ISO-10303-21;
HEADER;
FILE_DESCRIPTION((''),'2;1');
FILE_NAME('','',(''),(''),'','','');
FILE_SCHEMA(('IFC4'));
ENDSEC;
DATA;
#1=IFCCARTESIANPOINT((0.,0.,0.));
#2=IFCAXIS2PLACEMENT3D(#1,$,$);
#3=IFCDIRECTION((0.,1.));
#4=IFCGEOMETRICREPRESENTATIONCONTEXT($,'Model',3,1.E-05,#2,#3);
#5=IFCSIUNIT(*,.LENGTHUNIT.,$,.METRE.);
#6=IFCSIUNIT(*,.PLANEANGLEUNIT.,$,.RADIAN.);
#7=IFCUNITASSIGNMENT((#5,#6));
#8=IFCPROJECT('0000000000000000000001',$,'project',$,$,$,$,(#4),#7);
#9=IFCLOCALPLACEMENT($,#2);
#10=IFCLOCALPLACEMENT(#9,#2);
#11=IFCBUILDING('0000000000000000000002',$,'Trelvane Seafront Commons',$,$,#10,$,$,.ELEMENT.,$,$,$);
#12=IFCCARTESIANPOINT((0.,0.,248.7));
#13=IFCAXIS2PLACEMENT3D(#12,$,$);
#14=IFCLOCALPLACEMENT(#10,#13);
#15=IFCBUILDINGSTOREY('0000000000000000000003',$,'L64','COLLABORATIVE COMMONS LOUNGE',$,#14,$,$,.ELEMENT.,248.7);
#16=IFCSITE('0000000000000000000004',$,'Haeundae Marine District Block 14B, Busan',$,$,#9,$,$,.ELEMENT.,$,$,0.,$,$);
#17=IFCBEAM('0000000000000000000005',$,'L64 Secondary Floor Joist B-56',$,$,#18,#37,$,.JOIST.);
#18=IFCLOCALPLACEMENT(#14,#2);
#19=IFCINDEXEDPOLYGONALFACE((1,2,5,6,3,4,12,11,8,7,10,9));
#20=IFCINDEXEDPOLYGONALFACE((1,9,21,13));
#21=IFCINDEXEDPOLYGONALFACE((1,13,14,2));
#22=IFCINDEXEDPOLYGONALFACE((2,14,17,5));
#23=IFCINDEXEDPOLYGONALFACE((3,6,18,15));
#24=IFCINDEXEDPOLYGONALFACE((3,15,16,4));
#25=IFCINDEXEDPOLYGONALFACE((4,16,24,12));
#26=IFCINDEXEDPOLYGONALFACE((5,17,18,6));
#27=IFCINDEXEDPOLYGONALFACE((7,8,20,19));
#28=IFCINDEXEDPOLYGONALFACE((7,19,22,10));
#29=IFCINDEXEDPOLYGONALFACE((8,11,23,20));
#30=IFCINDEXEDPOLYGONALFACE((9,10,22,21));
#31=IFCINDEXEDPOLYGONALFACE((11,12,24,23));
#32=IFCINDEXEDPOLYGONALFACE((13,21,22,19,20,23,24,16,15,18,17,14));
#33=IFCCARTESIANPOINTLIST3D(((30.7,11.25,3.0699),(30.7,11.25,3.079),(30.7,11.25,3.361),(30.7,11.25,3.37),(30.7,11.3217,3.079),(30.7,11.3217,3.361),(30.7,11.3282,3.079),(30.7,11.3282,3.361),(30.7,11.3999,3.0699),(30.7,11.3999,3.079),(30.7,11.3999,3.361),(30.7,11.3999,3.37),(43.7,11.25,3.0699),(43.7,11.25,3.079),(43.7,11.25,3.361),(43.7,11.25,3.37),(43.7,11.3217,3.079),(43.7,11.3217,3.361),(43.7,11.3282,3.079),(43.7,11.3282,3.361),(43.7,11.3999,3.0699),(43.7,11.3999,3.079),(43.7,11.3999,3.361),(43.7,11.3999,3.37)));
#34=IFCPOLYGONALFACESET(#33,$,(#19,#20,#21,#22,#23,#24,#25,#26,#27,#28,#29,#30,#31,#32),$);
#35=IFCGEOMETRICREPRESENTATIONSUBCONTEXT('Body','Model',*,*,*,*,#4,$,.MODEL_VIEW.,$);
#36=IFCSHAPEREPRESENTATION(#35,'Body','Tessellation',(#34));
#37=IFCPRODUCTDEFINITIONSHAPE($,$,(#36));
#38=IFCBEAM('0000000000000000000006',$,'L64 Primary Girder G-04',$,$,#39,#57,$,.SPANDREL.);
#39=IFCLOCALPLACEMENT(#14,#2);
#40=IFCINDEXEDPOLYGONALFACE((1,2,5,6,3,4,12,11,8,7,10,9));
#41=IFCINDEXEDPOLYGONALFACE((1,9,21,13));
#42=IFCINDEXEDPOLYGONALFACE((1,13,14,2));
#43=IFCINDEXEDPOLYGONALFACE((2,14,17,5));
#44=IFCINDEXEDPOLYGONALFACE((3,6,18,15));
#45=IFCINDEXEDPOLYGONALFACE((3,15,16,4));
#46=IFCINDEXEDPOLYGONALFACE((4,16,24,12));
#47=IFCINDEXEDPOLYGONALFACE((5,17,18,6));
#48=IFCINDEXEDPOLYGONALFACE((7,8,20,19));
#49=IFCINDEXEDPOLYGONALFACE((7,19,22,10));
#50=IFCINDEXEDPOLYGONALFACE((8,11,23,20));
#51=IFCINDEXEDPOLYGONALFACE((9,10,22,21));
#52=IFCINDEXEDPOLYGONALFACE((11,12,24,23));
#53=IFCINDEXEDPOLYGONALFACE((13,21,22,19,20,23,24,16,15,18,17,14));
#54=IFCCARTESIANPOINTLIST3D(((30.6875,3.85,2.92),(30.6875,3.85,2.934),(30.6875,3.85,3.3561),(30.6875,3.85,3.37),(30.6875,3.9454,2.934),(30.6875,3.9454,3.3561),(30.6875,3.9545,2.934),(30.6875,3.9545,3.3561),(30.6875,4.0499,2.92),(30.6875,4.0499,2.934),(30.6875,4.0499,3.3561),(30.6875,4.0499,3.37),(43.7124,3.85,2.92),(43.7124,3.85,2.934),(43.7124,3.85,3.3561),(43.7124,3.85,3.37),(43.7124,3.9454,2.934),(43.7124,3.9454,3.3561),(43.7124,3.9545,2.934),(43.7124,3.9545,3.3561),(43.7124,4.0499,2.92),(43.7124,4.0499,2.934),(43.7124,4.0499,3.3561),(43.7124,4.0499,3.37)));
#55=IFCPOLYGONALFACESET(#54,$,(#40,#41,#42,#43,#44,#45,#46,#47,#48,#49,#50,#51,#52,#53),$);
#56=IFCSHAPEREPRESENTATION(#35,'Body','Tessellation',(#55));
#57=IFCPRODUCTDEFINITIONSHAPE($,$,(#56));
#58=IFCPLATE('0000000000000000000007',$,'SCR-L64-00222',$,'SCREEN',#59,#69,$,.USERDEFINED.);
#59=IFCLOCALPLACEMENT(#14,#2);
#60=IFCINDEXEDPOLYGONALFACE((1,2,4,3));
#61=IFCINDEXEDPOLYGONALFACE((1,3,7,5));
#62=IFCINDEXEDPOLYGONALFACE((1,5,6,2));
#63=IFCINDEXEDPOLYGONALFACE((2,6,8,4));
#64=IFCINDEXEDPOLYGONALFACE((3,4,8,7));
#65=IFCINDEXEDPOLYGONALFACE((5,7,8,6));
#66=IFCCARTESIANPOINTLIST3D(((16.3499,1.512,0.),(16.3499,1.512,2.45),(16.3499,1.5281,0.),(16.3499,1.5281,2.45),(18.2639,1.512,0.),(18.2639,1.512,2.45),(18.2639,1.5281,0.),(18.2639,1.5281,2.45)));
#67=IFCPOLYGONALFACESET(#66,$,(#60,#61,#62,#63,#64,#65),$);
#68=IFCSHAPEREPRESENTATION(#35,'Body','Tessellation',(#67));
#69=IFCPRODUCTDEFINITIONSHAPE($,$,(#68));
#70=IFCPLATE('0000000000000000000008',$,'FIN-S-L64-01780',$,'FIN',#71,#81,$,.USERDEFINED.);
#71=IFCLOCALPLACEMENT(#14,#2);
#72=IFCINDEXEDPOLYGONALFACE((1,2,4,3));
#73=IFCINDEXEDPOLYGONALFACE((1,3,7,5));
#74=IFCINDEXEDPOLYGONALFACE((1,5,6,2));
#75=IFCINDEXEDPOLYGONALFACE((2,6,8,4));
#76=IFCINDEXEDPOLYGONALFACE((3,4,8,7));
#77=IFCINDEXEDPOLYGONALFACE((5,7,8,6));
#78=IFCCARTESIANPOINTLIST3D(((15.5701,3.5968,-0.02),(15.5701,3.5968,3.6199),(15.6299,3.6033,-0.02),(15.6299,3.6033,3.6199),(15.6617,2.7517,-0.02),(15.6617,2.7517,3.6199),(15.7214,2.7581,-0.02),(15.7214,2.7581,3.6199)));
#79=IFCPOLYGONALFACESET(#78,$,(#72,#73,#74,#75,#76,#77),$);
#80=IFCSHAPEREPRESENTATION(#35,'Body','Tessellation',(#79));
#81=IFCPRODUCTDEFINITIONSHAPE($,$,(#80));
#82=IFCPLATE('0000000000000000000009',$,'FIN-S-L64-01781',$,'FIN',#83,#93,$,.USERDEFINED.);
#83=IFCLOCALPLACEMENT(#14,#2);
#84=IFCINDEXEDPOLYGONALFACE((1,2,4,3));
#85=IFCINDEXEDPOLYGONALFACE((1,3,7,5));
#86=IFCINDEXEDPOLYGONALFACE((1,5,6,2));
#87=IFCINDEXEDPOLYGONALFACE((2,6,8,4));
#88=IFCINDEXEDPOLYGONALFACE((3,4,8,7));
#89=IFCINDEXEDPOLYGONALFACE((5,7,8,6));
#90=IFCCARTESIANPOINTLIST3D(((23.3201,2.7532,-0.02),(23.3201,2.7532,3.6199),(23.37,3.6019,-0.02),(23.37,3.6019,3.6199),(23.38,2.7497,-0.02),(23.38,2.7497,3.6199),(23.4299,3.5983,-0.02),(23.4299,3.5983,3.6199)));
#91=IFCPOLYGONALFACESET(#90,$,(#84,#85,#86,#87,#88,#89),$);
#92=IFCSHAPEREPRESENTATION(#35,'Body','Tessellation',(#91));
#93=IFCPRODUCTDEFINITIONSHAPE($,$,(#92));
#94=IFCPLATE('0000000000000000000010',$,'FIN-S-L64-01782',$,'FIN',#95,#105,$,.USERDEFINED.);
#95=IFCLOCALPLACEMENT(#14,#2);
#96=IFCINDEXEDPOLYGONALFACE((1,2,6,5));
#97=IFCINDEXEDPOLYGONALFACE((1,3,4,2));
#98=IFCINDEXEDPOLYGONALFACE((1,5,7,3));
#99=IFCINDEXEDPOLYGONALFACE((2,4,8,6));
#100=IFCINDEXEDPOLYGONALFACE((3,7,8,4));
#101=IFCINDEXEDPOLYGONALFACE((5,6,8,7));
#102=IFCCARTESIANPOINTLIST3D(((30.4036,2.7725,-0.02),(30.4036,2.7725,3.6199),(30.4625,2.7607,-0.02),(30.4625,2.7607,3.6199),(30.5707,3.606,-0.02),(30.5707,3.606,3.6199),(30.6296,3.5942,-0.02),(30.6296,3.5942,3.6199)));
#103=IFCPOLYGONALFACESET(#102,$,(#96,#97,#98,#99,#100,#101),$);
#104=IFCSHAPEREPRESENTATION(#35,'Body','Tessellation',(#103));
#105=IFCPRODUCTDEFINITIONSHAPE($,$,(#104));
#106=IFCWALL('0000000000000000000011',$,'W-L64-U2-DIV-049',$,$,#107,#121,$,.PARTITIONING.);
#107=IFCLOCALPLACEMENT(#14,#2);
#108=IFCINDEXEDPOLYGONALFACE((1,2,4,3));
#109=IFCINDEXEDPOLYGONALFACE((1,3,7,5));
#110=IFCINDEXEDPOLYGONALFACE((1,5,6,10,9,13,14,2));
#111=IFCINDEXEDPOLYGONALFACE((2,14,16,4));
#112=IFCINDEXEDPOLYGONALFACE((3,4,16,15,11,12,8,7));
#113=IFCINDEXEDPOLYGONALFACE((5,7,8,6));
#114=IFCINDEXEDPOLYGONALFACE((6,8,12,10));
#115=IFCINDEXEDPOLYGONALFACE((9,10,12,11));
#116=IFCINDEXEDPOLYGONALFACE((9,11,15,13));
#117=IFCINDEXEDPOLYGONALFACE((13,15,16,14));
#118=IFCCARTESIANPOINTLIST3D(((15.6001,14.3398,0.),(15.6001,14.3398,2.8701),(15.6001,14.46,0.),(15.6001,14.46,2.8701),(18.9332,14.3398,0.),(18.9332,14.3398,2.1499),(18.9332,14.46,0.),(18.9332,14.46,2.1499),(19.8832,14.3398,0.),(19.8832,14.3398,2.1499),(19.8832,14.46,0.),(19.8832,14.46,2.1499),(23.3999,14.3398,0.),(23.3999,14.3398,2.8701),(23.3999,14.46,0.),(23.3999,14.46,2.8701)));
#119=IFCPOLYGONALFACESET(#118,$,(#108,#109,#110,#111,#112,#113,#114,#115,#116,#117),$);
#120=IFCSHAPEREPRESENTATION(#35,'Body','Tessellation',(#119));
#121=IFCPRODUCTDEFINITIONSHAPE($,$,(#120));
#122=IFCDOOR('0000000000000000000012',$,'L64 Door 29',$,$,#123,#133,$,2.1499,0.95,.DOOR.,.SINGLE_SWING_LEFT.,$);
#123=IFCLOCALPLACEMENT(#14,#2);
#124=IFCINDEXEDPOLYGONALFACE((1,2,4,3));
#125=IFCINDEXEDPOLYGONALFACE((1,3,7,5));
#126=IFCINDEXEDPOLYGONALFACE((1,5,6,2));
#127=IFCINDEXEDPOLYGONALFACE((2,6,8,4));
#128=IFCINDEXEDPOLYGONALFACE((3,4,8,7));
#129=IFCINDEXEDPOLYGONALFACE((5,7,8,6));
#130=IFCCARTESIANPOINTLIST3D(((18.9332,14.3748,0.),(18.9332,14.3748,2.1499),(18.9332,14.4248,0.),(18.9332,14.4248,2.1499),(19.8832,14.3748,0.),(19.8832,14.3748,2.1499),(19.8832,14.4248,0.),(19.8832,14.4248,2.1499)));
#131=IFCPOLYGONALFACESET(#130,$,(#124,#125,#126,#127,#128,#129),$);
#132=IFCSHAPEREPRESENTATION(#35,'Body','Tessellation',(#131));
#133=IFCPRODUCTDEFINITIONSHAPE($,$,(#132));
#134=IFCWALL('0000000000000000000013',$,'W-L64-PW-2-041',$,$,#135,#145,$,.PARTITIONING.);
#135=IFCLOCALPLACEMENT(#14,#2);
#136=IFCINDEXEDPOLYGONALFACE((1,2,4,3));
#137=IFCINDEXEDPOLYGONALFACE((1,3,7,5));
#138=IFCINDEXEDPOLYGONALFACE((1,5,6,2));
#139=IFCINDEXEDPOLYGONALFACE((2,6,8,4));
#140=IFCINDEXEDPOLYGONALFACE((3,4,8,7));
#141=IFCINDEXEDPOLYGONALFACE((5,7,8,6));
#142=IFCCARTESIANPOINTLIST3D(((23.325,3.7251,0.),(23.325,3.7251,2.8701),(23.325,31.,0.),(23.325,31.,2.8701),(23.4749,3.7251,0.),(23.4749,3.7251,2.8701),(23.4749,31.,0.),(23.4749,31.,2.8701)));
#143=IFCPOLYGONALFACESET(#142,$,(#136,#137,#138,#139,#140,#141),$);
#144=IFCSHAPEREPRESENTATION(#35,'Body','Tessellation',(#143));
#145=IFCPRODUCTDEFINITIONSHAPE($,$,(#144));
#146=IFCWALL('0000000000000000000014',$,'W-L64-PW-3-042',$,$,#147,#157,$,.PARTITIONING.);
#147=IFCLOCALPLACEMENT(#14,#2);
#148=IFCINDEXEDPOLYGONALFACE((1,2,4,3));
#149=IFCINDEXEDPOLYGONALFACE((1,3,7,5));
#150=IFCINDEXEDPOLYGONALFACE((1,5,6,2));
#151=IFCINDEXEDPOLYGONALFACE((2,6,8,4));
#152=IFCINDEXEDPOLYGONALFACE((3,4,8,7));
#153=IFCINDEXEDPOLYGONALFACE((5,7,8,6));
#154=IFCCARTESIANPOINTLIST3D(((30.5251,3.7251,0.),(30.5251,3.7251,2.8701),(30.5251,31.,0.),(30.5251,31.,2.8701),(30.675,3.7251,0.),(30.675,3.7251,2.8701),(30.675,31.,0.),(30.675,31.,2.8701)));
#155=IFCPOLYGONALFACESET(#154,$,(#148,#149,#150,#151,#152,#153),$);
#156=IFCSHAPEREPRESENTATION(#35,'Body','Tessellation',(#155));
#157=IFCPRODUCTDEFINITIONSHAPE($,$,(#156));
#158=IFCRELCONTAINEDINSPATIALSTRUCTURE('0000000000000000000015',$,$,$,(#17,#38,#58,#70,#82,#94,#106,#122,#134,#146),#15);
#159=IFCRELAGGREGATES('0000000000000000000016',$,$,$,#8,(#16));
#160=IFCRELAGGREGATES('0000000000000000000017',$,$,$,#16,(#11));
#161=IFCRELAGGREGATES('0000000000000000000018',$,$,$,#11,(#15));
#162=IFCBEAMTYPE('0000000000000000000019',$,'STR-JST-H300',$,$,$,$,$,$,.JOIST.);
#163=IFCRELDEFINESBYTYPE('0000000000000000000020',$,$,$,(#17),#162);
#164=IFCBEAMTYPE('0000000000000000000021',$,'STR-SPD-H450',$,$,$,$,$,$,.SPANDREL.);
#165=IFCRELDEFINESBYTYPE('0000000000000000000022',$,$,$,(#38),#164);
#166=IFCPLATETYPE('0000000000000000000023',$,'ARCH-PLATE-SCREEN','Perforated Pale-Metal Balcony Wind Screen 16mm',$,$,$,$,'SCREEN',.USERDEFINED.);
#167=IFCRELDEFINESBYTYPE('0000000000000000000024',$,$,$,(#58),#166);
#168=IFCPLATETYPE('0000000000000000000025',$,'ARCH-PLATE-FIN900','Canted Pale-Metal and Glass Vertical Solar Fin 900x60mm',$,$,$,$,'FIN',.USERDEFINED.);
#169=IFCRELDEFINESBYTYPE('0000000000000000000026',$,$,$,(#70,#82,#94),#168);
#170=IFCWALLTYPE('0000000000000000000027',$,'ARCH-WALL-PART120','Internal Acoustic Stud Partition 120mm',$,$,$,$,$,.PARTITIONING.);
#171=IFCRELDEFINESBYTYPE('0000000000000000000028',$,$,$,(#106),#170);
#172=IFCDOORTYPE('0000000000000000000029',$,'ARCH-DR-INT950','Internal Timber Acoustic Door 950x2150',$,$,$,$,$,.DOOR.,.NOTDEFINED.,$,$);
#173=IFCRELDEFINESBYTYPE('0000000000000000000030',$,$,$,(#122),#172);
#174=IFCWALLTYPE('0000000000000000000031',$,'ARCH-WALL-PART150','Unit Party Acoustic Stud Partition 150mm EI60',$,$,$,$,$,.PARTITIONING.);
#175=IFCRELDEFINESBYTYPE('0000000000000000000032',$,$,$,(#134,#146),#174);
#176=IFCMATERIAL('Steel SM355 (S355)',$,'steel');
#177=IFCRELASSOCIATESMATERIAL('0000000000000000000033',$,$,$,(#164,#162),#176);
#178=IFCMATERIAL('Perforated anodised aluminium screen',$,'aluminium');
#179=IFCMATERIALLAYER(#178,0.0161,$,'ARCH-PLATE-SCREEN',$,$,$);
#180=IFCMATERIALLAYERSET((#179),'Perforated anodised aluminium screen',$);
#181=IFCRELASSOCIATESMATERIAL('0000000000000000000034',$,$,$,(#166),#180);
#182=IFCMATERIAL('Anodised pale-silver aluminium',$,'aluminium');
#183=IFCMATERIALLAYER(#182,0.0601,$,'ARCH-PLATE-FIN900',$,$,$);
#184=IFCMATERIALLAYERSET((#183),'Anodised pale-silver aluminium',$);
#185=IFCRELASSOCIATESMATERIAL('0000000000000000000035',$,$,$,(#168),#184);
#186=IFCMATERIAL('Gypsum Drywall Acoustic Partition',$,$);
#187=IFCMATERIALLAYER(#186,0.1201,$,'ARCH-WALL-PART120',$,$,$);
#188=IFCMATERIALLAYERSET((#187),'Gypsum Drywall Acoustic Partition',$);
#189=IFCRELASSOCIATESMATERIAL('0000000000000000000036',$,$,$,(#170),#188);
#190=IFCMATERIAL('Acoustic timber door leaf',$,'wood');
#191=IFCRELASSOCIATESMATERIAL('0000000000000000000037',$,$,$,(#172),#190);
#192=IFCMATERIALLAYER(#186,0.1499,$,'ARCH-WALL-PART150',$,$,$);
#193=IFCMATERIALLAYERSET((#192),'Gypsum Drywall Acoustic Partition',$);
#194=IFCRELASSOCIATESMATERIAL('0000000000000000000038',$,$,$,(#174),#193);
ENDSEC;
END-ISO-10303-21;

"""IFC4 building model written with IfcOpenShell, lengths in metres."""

from ifc_helpers import new_model, si_unit, direction, frame, frame_2d, origin, origin_2d, place, context, subcontext, project, spatial, rectangle, i_section, extrude, source, transform, mapped, material, layer, layer_set, material_profile, profile_set, type_object, element, fill, save


model = new_model("IFC4")

# Units and contexts
model_context = context("Model", 3, precision=1e-05, world=origin(), true_north=direction((0.0, 1.0)))
body_context = subcontext(model_context, "Body", "Model", "MODEL_VIEW")
ifc_project = project(units=[si_unit("LENGTHUNIT", "METRE"), si_unit("PLANEANGLEUNIT", "RADIAN")], contexts=[model_context])

# Site, building, storey
site_placement = place(None, origin())
site = spatial("IfcSite", under=ifc_project, at=site_placement, Name="Haeundae Marine District Block 14B, Busan", CompositionType="ELEMENT", RefElevation=0.0)
building_placement = place(site_placement, origin())
building = spatial("IfcBuilding", under=site, at=building_placement, Name="Trelvane Seafront Commons", CompositionType="ELEMENT")
storey_placement = place(building_placement, frame((0.0, 0.0, 248.7)))
storey = spatial("IfcBuildingStorey", under=building, at=storey_placement, Name="L64", Description="COLLABORATIVE COMMONS LOUNGE", CompositionType="ELEMENT", Elevation=248.7)

# Shared definitions
ifc_material_1 = material(Name="Steel SM355 (S355)", Category="steel")

# Beams
ifc_material_profile_1 = material_profile(ifc_material_1, i_section(OverallWidth=0.2, OverallDepth=0.45, WebThickness=0.009, FlangeThickness=0.0139, at=origin_2d()), Name="H-450x200x9x14")
ifc_profile_set_1 = profile_set([ifc_material_profile_1], Name="Steel SM355 (S355)")
beam_type_1 = type_object("IfcBeamType", Name="STR-SPD-H450", PredefinedType="SPANDREL", material=ifc_profile_set_1)
ifc_material_profile_2 = material_profile(ifc_material_1, i_section(OverallWidth=0.1499, OverallDepth=0.3, WebThickness=0.0066, FlangeThickness=0.009, at=origin_2d()), Name="H-300x150x6.5x9")
ifc_profile_set_2 = profile_set([ifc_material_profile_2], Name="Steel SM355 (S355)")
beam_type_2 = type_object("IfcBeamType", Name="STR-JST-H300", PredefinedType="JOIST", material=ifc_profile_set_2)
shared_shape_1 = source(origin(), body_context, "Body", "SweptSolid", [
    extrude(i_section(OverallWidth=0.1499, OverallDepth=0.3, WebThickness=0.0066, FlangeThickness=0.009, at=origin_2d()), origin(), (0.0, 0.0, 1.0), 13.0),
])
beam_1_placement = place(storey_placement, frame((30.7, 11.325, 3.22), z_axis=(1.0, 0.0, 0.0), x_axis=(0.0, 1.0, 0.0)))
element("IfcBeam", 1, at=beam_1_placement, inside=storey, type_object=beam_type_2, Name="L64 Secondary Floor Joist B-56", PredefinedType="JOIST", context=body_context, shape_type="MappedRepresentation", body=[
    mapped(shared_shape_1, transform((0.0, 0.0, 0.0), x_axis=(1.0, 0.0, 0.0), y_axis=(0.0, 1.0, 0.0), z_axis=(0.0, 0.0, 1.0), scale=1.0)),
])
shared_shape_2 = source(origin(), body_context, "Body", "SweptSolid", [
    extrude(i_section(OverallWidth=0.2, OverallDepth=0.45, WebThickness=0.009, FlangeThickness=0.0139, at=origin_2d()), origin(), (0.0, 0.0, 1.0), 13.0249),
])
beam_2_placement = place(storey_placement, frame((30.6875, 3.95, 3.145), z_axis=(1.0, 0.0, 0.0), x_axis=(0.0, 1.0, 0.0)))
element("IfcBeam", 2, at=beam_2_placement, inside=storey, type_object=beam_type_1, Name="L64 Primary Girder G-04", PredefinedType="SPANDREL", context=body_context, shape_type="MappedRepresentation", body=[
    mapped(shared_shape_2, transform((0.0, 0.0, 0.0), x_axis=(1.0, 0.0, 0.0), y_axis=(0.0, 1.0, 0.0), z_axis=(0.0, 0.0, 1.0), scale=1.0)),
])

# Plates
ifc_material_2 = material(Name="Perforated anodised aluminium screen", Category="aluminium")
ifc_layer_1 = layer(ifc_material_2, 0.0161, Name="ARCH-PLATE-SCREEN")
ifc_layer_set_1 = layer_set([ifc_layer_1], Name="Perforated anodised aluminium screen")
plate_type_1 = type_object("IfcPlateType", Name="ARCH-PLATE-SCREEN", Description="Perforated Pale-Metal Balcony Wind Screen 16mm", ElementType="SCREEN", PredefinedType="USERDEFINED", material=ifc_layer_set_1)
shared_shape_3 = source(origin(), body_context, "Body", "SweptSolid", [
    extrude(rectangle(XDim=1.9141, YDim=0.0161, at=origin_2d()), origin(), (0.0, 0.0, 1.0), 2.45),
])
plate_placement = place(storey_placement, frame((17.3069, 1.52, 0.0), z_axis=(0.0, 0.0, 1.0), x_axis=(1.0, 0.0, 0.0)))
element("IfcPlate", 3, at=plate_placement, inside=storey, type_object=plate_type_1, Name="SCR-L64-00222", ObjectType="SCREEN", PredefinedType="USERDEFINED", context=body_context, shape_type="MappedRepresentation", body=[
    mapped(shared_shape_3, transform((0.0, 0.0, 0.0), x_axis=(1.0, 0.0, 0.0), y_axis=(0.0, 1.0, 0.0), z_axis=(0.0, 0.0, 1.0), scale=1.0)),
])
ifc_material_3 = material(Name="Anodised pale-silver aluminium", Category="aluminium")
ifc_layer_2 = layer(ifc_material_3, 0.0601, Name="ARCH-PLATE-FIN900")
ifc_layer_set_2 = layer_set([ifc_layer_2], Name="Anodised pale-silver aluminium")
plate_type_2 = type_object("IfcPlateType", Name="ARCH-PLATE-FIN900", Description="Canted Pale-Metal and Glass Vertical Solar Fin 900x60mm", ElementType="FIN", PredefinedType="USERDEFINED", material=ifc_layer_set_2)
shared_shape_4 = source(origin(), body_context, "Body", "SweptSolid", [
    extrude(rectangle(XDim=0.8501, YDim=0.0601, at=origin_2d()), origin(), (0.0, 0.0, 1.0), 3.6399),
])
for number, where, z_axis, x_axis, name in (
    (4, (15.6458, 3.1775, -0.02), (0.0, 0.0, 1.0), (0.107642, -0.99419, 0.0), "FIN-S-L64-01780"),
    (5, (23.375, 3.1758, -0.02), (0.0, 0.0, 1.0), (-0.058709, -0.998275, 0.0), "FIN-S-L64-01781"),
    (6, (30.5166, 3.1833, -0.02), (0.0, 0.0, 1.0), (-0.196478, -0.980508, 0.0), "FIN-S-L64-01782"),
):
    element("IfcPlate", number, at=place(storey_placement, frame(where, z_axis=z_axis, x_axis=x_axis)), inside=storey, type_object=plate_type_2, Name=name, ObjectType="FIN", PredefinedType="USERDEFINED", context=body_context, shape_type="MappedRepresentation", body=[
        mapped(shared_shape_4, transform((0.0, 0.0, 0.0), x_axis=(1.0, 0.0, 0.0), y_axis=(0.0, 1.0, 0.0), z_axis=(0.0, 0.0, 1.0), scale=1.0)),
    ])

# Wall, opening, door
ifc_material_4 = material(Name="Gypsum Drywall Acoustic Partition")
ifc_layer_3 = layer(ifc_material_4, 0.1201, Name="ARCH-WALL-PART120")
ifc_layer_set_3 = layer_set([ifc_layer_3], Name="Gypsum Drywall Acoustic Partition")
wall_type_1 = type_object("IfcWallType", Name="ARCH-WALL-PART120", Description="Internal Acoustic Stud Partition 120mm", PredefinedType="PARTITIONING", material=ifc_layer_set_3)
wall_placement = place(storey_placement, frame((15.6001, 14.3999, 0.0), z_axis=(0.0, 0.0, 1.0), x_axis=(1.0, 0.0, 0.0)))
wall = element("IfcWall", 7, at=wall_placement, inside=storey, type_object=wall_type_1, Name="W-L64-U2-DIV-049", PredefinedType="PARTITIONING", context=body_context, shape_type="SweptSolid", body=[
    extrude(rectangle(XDim=7.7998, YDim=0.1201, at=frame_2d((3.8999, 0.0))), origin(), (0.0, 0.0, 1.0), 2.8701),
])
opening_placement = place(wall_placement, frame((3.333, 0.0, 0.0)))
opening = element("IfcOpeningElement", 8, at=opening_placement, cuts=wall, PredefinedType="OPENING", context=body_context, shape_type="SweptSolid", body=[
    extrude(rectangle(XDim=0.95, YDim=2.1499, at=frame_2d((0.4751, 1.075))), frame((0.0, 0.0701, 0.0), z_axis=(0.0, -1.0, 0.0), x_axis=(1.0, 0.0, 0.0)), (0.0, 0.0, 1.0), 0.1401),
])
ifc_material_5 = material(Name="Acoustic timber door leaf", Category="wood")
door_type = type_object("IfcDoorType", Name="ARCH-DR-INT950", Description="Internal Timber Acoustic Door 950x2150", OperationType="NOTDEFINED", PredefinedType="DOOR", material=ifc_material_5)
shared_shape_5 = source(origin(), body_context, "Body", "SweptSolid", [
    extrude(rectangle(XDim=0.95, YDim=2.1499, at=frame_2d((0.4751, 1.075))), frame((0.0, 0.0249, 0.0), z_axis=(0.0, -1.0, 0.0), x_axis=(1.0, 0.0, 0.0)), (0.0, 0.0, 1.0), 0.05),
])
door_placement = place(opening_placement, origin())
door = element("IfcDoor", 9, at=door_placement, inside=storey, type_object=door_type, Name="L64 Door 29", OperationType="SINGLE_SWING_LEFT", OverallHeight=2.1499, OverallWidth=0.95, PredefinedType="DOOR", context=body_context, shape_type="MappedRepresentation", body=[
    mapped(shared_shape_5, transform((0.0, 0.0, 0.0), x_axis=(1.0, 0.0, 0.0), y_axis=(0.0, 1.0, 0.0), z_axis=(0.0, 0.0, 1.0), scale=1.0)),
])
fill(opening, door)

# Walls
ifc_layer_4 = layer(ifc_material_4, 0.1499, Name="ARCH-WALL-PART150")
ifc_layer_set_4 = layer_set([ifc_layer_4], Name="Gypsum Drywall Acoustic Partition")
wall_type_2 = type_object("IfcWallType", Name="ARCH-WALL-PART150", Description="Unit Party Acoustic Stud Partition 150mm EI60", PredefinedType="PARTITIONING", material=ifc_layer_set_4)
for number, where, z_axis, x_axis, name in (
    (10, (23.3999, 3.7251, 0.0), (0.0, 0.0, 1.0), (0.0, 1.0, 0.0), "W-L64-PW-2-041"),
    (11, (30.6001, 3.7251, 0.0), (0.0, 0.0, 1.0), (0.0, 1.0, 0.0), "W-L64-PW-3-042"),
):
    element("IfcWall", number, at=place(storey_placement, frame(where, z_axis=z_axis, x_axis=x_axis)), inside=storey, type_object=wall_type_2, Name=name, PredefinedType="PARTITIONING", context=body_context, shape_type="SweptSolid", body=[
        extrude(rectangle(XDim=27.2749, YDim=0.1499, at=frame_2d((13.6375, 0.0))), origin(), (0.0, 0.0, 1.0), 2.8701),
    ])

save(model, "model.ifc")
